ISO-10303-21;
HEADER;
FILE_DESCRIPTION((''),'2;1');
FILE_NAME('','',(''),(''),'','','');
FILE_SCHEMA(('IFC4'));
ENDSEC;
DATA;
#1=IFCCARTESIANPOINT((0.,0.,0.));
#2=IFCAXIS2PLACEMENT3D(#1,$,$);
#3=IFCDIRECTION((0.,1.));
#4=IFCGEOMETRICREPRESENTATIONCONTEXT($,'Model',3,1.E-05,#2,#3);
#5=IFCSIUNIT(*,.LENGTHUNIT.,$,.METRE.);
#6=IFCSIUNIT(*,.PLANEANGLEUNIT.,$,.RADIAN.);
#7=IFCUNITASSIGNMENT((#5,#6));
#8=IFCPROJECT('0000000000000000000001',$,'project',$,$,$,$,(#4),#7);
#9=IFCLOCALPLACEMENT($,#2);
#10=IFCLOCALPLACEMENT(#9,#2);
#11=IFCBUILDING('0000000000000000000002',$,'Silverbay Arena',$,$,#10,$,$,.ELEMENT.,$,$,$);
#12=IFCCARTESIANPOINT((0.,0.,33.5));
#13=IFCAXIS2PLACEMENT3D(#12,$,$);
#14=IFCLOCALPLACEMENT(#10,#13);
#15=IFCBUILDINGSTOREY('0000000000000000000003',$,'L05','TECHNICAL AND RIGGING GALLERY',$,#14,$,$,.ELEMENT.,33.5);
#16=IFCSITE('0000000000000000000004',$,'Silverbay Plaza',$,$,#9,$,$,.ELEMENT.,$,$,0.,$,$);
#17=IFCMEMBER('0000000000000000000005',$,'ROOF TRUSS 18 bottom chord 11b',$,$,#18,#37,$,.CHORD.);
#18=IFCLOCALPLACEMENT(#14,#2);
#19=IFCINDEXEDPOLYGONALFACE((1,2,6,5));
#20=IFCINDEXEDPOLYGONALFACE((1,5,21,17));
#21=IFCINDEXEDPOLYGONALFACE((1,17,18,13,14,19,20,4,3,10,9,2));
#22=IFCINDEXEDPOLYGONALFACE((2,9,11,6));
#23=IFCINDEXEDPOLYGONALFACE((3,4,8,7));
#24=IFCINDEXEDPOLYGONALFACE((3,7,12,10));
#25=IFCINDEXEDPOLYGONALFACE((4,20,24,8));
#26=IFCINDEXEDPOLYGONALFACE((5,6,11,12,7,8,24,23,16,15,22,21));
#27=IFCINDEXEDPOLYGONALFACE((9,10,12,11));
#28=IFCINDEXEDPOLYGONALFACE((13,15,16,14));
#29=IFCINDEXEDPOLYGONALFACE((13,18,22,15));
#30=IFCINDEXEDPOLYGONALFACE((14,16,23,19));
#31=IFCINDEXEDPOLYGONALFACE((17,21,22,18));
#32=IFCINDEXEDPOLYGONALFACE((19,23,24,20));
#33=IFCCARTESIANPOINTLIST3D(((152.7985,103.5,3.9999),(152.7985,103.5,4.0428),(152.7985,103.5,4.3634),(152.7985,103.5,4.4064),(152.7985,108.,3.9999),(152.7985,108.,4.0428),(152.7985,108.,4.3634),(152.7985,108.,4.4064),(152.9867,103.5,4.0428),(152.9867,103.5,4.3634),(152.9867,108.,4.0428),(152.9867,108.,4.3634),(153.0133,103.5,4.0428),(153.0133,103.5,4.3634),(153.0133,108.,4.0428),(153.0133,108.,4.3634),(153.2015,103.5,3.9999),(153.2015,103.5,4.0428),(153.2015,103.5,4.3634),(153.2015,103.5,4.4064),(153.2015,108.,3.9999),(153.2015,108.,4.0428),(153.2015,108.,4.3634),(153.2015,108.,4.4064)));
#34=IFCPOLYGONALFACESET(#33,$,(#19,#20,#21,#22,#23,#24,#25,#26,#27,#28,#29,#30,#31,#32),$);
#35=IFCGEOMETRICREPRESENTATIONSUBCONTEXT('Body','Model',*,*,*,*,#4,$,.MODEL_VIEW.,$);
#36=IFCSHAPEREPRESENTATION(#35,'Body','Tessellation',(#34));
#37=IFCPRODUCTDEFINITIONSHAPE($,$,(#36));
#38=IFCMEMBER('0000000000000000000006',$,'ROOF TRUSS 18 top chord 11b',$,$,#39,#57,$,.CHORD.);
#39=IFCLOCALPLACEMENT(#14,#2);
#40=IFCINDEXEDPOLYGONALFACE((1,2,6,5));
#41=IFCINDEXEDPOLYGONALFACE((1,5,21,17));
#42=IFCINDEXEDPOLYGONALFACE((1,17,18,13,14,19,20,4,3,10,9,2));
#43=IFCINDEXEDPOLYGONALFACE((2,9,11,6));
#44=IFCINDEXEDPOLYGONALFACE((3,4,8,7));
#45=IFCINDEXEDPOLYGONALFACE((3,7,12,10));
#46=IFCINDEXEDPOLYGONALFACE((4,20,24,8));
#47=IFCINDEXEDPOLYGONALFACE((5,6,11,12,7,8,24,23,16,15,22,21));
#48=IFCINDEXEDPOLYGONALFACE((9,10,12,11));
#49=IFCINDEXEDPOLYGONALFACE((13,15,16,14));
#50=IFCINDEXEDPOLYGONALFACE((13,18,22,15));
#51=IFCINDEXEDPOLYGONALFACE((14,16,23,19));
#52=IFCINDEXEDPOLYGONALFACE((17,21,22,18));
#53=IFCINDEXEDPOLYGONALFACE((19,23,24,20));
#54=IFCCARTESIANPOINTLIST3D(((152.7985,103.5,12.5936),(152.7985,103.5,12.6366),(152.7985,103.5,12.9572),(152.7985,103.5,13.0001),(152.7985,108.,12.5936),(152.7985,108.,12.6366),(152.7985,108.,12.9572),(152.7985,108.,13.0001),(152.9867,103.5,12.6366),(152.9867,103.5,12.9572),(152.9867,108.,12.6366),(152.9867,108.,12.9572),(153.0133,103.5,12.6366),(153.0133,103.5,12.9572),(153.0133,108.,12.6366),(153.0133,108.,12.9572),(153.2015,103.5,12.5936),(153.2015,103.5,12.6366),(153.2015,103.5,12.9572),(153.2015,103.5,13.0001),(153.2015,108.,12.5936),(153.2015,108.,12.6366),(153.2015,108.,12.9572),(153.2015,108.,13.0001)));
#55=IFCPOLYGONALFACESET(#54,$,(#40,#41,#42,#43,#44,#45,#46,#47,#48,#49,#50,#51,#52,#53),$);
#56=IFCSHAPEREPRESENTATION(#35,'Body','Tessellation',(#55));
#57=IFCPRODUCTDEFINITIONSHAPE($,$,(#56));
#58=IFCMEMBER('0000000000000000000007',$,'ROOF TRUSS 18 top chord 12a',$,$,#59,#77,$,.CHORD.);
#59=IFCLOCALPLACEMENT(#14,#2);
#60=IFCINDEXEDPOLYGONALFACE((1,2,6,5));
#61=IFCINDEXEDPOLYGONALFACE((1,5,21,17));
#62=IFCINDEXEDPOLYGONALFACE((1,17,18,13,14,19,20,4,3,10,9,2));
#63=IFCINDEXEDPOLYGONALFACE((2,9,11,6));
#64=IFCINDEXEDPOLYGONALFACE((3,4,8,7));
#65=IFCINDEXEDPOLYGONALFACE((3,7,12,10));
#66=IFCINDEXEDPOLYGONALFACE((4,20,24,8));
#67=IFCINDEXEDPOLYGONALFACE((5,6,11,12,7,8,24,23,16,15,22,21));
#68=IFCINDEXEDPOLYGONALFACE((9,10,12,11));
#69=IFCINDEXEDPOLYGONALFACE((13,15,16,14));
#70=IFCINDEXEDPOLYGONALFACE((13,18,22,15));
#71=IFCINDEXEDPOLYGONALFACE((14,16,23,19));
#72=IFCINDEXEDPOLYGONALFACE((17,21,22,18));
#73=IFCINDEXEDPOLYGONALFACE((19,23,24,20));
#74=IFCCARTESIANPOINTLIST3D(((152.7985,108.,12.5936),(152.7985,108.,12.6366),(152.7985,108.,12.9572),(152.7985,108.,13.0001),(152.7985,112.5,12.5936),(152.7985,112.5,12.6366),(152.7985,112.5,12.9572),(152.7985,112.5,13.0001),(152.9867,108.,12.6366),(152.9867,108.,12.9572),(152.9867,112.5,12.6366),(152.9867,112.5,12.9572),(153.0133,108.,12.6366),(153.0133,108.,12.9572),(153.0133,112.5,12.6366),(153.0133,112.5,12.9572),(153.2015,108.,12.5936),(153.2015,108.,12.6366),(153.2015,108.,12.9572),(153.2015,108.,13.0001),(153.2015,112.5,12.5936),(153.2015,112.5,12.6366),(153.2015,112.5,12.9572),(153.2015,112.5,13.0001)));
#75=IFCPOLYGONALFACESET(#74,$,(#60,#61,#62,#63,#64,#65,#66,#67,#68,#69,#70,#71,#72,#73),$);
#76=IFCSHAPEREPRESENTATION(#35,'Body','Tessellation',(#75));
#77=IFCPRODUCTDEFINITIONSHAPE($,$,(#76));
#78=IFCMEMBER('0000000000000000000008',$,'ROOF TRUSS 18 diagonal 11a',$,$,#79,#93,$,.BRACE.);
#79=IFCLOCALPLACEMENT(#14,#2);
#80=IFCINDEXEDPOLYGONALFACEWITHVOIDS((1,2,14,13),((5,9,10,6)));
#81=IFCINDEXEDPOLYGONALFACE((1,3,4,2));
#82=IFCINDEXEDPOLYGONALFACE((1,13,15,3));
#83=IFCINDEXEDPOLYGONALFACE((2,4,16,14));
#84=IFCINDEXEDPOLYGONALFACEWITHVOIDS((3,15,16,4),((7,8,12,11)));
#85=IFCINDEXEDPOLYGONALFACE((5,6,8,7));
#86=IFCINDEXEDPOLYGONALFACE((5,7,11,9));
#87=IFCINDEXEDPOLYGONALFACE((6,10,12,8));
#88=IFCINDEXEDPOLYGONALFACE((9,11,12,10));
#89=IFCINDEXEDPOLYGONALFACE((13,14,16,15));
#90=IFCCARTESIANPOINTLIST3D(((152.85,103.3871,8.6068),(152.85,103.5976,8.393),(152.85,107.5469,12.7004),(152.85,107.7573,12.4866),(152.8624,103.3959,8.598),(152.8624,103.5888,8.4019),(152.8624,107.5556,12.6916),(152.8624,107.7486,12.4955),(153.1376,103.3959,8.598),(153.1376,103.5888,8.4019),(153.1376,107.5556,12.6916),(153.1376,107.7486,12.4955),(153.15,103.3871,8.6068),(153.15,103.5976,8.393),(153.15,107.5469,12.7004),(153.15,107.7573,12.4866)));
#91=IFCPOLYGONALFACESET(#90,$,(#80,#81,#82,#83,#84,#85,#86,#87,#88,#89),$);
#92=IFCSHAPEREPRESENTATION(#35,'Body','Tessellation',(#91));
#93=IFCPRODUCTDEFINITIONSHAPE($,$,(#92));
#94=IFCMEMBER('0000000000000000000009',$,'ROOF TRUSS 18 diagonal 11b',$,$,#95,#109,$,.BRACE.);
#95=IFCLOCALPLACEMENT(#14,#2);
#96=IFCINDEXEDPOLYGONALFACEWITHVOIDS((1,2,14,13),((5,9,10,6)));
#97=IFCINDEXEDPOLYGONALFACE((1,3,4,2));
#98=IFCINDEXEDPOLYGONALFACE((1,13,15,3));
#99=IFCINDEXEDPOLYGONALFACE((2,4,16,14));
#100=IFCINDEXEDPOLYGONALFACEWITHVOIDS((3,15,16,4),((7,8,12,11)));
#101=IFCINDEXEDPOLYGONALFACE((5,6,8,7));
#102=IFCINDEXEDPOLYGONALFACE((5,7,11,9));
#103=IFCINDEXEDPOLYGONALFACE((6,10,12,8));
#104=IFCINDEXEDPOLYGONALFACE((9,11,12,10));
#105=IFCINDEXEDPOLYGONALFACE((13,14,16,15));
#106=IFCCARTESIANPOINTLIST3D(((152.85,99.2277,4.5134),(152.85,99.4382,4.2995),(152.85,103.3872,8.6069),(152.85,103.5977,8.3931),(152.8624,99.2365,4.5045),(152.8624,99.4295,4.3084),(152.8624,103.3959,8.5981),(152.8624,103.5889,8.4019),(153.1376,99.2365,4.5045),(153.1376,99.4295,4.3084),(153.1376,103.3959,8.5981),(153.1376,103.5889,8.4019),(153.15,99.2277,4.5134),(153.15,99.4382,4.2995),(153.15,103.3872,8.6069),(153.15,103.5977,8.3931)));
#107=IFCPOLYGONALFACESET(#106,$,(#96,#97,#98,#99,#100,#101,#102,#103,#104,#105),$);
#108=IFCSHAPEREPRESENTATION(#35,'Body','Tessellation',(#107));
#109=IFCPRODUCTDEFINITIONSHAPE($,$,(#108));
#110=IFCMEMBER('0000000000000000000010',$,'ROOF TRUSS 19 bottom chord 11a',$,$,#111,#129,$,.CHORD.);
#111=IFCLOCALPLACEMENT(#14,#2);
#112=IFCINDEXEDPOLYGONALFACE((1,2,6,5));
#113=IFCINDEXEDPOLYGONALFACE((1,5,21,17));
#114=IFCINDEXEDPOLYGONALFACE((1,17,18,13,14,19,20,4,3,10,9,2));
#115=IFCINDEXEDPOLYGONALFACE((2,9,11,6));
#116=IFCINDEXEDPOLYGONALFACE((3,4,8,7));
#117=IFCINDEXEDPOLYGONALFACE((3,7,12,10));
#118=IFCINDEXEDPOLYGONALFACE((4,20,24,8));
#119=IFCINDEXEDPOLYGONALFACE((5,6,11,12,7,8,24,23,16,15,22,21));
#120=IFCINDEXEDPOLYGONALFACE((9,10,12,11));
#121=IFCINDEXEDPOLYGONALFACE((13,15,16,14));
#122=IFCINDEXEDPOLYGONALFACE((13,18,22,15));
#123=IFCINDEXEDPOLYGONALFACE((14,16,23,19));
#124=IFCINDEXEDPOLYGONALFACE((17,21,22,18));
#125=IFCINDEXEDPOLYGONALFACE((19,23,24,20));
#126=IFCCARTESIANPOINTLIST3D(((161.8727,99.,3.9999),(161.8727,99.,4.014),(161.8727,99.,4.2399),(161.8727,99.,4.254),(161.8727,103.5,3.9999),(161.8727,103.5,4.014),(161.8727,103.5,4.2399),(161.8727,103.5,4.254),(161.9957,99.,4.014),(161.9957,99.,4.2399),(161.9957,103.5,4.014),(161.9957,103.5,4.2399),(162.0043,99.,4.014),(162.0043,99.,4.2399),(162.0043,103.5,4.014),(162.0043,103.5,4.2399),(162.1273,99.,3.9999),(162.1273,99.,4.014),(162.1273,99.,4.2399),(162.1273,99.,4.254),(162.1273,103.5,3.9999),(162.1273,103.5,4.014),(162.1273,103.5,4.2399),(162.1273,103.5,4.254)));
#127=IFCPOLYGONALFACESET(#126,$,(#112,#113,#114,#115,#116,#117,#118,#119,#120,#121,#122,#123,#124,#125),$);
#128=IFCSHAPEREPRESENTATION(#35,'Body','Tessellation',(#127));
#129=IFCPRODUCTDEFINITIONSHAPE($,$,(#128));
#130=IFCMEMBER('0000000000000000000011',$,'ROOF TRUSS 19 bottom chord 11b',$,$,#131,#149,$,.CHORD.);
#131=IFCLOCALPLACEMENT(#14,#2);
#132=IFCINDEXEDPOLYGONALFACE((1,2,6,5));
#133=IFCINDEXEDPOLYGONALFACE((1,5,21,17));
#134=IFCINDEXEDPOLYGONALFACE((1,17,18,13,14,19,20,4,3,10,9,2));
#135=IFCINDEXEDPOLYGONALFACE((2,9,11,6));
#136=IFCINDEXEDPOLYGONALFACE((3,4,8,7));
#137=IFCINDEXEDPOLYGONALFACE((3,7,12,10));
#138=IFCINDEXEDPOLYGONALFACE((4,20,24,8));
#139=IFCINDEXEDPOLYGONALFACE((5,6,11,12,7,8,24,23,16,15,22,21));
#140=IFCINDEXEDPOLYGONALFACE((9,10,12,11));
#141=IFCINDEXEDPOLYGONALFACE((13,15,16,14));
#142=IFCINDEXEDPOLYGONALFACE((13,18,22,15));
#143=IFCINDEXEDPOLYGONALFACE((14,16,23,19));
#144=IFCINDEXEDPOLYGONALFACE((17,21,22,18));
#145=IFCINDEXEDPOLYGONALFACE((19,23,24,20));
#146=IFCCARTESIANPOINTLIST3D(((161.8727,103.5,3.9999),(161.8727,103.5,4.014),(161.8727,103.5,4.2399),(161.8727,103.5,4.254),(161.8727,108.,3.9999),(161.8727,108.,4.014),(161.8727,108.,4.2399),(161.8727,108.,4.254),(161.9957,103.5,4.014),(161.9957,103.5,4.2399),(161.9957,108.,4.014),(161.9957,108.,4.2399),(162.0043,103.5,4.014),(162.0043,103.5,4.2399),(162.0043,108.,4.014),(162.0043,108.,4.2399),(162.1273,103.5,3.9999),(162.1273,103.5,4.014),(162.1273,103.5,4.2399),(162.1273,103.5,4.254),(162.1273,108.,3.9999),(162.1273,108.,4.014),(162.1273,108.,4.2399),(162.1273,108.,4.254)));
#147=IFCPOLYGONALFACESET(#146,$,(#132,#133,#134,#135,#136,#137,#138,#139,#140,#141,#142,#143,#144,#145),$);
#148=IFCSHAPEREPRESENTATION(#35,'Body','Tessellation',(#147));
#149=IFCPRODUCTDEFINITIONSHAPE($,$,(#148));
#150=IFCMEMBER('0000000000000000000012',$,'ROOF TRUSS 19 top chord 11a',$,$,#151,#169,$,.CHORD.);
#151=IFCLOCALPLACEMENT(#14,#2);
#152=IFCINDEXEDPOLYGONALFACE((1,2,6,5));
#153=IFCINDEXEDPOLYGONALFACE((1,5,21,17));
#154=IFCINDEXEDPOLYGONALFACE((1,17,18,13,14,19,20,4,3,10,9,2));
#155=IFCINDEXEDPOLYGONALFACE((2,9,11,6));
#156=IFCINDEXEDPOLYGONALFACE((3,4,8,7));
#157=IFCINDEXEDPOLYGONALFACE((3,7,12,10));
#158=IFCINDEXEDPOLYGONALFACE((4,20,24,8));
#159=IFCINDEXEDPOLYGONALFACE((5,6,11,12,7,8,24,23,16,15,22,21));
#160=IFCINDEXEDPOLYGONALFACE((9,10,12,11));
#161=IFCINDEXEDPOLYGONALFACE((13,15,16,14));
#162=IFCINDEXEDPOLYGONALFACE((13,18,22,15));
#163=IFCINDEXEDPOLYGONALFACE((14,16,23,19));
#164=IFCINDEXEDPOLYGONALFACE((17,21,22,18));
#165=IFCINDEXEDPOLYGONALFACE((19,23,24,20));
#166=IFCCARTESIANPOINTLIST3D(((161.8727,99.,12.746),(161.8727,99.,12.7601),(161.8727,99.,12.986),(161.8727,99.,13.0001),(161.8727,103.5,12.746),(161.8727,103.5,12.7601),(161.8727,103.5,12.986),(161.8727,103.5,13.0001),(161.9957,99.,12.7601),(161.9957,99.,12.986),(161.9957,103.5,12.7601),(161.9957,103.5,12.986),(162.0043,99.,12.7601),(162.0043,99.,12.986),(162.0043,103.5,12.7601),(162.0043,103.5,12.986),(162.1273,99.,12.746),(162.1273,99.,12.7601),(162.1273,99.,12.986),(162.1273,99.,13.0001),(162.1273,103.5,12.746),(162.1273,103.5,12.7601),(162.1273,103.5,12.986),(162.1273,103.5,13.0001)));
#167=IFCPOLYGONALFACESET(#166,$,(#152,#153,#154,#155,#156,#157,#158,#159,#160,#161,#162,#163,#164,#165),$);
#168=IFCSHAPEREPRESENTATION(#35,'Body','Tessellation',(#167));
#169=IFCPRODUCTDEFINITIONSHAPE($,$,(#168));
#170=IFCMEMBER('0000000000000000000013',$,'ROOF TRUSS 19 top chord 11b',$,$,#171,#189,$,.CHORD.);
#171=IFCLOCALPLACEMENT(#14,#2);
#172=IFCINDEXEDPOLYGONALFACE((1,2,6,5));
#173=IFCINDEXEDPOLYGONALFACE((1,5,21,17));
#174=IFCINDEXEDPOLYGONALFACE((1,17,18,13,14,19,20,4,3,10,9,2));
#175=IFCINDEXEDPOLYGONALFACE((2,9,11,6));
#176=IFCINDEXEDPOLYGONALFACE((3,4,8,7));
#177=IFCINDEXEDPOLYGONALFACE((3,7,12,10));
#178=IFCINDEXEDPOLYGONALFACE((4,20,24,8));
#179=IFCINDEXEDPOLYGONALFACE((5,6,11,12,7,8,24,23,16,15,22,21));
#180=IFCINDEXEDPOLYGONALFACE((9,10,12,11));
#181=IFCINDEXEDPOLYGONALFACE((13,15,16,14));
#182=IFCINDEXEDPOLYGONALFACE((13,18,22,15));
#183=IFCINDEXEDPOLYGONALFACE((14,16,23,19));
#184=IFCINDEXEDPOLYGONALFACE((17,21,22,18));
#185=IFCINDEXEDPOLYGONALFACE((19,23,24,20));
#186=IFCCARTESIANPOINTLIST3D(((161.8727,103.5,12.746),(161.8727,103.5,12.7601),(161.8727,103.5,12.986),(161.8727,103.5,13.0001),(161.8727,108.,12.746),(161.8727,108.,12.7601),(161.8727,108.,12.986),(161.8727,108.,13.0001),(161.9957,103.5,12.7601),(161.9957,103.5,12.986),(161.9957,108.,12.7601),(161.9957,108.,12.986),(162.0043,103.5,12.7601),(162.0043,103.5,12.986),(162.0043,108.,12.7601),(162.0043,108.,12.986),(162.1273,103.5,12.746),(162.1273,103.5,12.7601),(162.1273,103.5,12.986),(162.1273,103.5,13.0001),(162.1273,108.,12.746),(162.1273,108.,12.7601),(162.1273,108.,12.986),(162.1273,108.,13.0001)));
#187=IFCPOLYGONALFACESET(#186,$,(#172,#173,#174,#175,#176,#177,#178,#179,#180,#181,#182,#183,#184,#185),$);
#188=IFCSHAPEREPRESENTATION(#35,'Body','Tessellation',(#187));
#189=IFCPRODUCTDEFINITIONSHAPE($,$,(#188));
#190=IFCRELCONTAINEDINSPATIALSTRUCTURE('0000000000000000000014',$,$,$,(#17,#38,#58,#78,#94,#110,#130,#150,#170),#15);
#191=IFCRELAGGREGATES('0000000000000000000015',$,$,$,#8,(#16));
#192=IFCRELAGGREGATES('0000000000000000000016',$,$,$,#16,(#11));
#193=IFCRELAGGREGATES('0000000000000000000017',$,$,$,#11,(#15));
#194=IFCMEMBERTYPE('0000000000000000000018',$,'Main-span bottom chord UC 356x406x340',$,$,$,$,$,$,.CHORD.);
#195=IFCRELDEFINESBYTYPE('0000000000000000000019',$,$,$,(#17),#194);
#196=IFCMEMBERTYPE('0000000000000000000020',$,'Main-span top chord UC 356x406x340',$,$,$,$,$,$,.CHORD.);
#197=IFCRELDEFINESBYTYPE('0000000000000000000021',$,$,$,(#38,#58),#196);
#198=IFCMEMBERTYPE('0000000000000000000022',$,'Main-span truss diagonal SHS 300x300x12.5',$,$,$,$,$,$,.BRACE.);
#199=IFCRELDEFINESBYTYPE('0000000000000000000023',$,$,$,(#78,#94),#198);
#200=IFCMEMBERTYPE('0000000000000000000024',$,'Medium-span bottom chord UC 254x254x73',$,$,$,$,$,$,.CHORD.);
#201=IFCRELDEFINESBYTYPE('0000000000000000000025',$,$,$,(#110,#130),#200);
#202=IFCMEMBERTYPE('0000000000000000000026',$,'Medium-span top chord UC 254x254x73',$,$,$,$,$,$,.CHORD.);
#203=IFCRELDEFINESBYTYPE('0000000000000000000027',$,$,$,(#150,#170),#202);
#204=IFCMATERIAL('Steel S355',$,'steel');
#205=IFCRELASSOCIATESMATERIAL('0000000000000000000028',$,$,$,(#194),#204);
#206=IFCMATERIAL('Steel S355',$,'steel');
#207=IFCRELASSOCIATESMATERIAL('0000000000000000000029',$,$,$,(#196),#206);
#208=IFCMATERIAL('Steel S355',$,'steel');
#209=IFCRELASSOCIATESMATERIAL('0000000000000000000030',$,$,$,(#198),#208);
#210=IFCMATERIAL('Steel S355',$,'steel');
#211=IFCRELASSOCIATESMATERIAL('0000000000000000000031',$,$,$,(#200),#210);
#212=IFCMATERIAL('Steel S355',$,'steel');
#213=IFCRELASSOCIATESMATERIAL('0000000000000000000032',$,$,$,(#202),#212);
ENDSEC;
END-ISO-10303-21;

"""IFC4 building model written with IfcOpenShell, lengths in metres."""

from ifc_helpers import new_model, si_unit, direction, frame, origin, origin_2d, place, context, subcontext, project, spatial, hollow_rectangle, i_section, extrude, material, material_profile, profile_set, type_object, element, save


model = new_model("IFC4")

# Units and contexts
model_context = context("Model", 3, precision=1e-05, world=origin(), true_north=direction((0.0, 1.0)))
body_context = subcontext(model_context, "Body", "Model", "MODEL_VIEW")
ifc_project = project(units=[si_unit("LENGTHUNIT", "METRE"), si_unit("PLANEANGLEUNIT", "RADIAN")], contexts=[model_context])

# Site, building, storey
site_placement = place(None, origin())
site = spatial("IfcSite", under=ifc_project, at=site_placement, Name="Silverbay Plaza", CompositionType="ELEMENT", RefElevation=0.0)
building_placement = place(site_placement, origin())
building = spatial("IfcBuilding", under=site, at=building_placement, Name="Silverbay Arena", CompositionType="ELEMENT")
storey_placement = place(building_placement, frame((0.0, 0.0, 33.5)))
storey = spatial("IfcBuildingStorey", under=building, at=storey_placement, Name="L05", Description="TECHNICAL AND RIGGING GALLERY", CompositionType="ELEMENT", Elevation=33.5)

# Members
ifc_material_1 = material(Name="Steel S355", Category="steel")
ifc_material_profile_1 = material_profile(ifc_material_1, i_section(OverallWidth=0.4031, OverallDepth=0.4065, WebThickness=0.0266, FlangeThickness=0.043, at=origin_2d()), Name="UC 356x406x340")
ifc_profile_set_1 = profile_set([ifc_material_profile_1], Name="Steel S355")
member_type_1 = type_object("IfcMemberType", Name="Main-span bottom chord UC 356x406x340", PredefinedType="CHORD", material=ifc_profile_set_1)
member_1_placement = place(storey_placement, frame((153.0, 103.5, 4.2031), z_axis=(0.0, 1.0, 0.0), x_axis=(-1.0, 0.0, 0.0)))
element("IfcMember", 1, at=member_1_placement, inside=storey, type_object=member_type_1, Name="ROOF TRUSS 18 bottom chord 11b", PredefinedType="CHORD", context=body_context, shape_type="SweptSolid", body=[
    extrude(i_section(OverallWidth=0.4031, OverallDepth=0.4065, WebThickness=0.0266, FlangeThickness=0.043, at=origin_2d()), origin(), (0.0, 0.0, 1.0), 4.5),
])
ifc_material_2 = material(Name="Steel S355", Category="steel")
ifc_material_profile_2 = material_profile(ifc_material_2, i_section(OverallWidth=0.4031, OverallDepth=0.4065, WebThickness=0.0266, FlangeThickness=0.043, at=origin_2d()), Name="UC 356x406x340")
ifc_profile_set_2 = profile_set([ifc_material_profile_2], Name="Steel S355")
member_type_2 = type_object("IfcMemberType", Name="Main-span top chord UC 356x406x340", PredefinedType="CHORD", material=ifc_profile_set_2)
for number, where, z_axis, x_axis, name in (
    (2, (153.0, 103.5, 12.7969), (0.0, 1.0, 0.0), (-1.0, 0.0, 0.0), "ROOF TRUSS 18 top chord 11b"),
    (3, (153.0, 108.0, 12.7969), (0.0, 1.0, 0.0), (-1.0, 0.0, 0.0), "ROOF TRUSS 18 top chord 12a"),
):
    element("IfcMember", number, at=place(storey_placement, frame(where, z_axis=z_axis, x_axis=x_axis)), inside=storey, type_object=member_type_2, Name=name, PredefinedType="CHORD", context=body_context, shape_type="SweptSolid", body=[
        extrude(i_section(OverallWidth=0.4031, OverallDepth=0.4065, WebThickness=0.0266, FlangeThickness=0.043, at=origin_2d()), origin(), (0.0, 0.0, 1.0), 4.5),
    ])
ifc_material_3 = material(Name="Steel S355", Category="steel")
ifc_material_profile_3 = material_profile(ifc_material_3, hollow_rectangle(XDim=0.3, YDim=0.3, WallThickness=0.0125, at=origin_2d()), Name="SHS 300x300x12.5")
ifc_profile_set_3 = profile_set([ifc_material_profile_3], Name="Steel S355")
member_type_3 = type_object("IfcMemberType", Name="Main-span truss diagonal SHS 300x300x12.5", PredefinedType="BRACE", material=ifc_profile_set_3)
member_2_placement = place(storey_placement, frame((153.0, 107.6521, 12.5935), z_axis=(0.0, -0.712752, -0.701416), x_axis=(1.0, 0.0, 0.0)))
element("IfcMember", 4, at=member_2_placement, inside=storey, type_object=member_type_3, Name="ROOF TRUSS 18 diagonal 11a", PredefinedType="BRACE", context=body_context, shape_type="SweptSolid", body=[
    extrude(hollow_rectangle(XDim=0.3, YDim=0.3, WallThickness=0.0125, at=origin_2d()), origin(), (0.0, 0.0, 1.0), 5.8362),
])
member_3_placement = place(storey_placement, frame((153.0, 103.4924, 8.5), z_axis=(0.0, -0.712732, -0.701437), x_axis=(1.0, 0.0, 0.0)))
element("IfcMember", 5, at=member_3_placement, inside=storey, type_object=member_type_3, Name="ROOF TRUSS 18 diagonal 11b", PredefinedType="BRACE", context=body_context, shape_type="SweptSolid", body=[
    extrude(hollow_rectangle(XDim=0.3, YDim=0.3, WallThickness=0.0125, at=origin_2d()), origin(), (0.0, 0.0, 1.0), 5.8359),
])
ifc_material_4 = material(Name="Steel S355", Category="steel")
ifc_material_profile_4 = material_profile(ifc_material_4, i_section(OverallWidth=0.2546, OverallDepth=0.2542, WebThickness=0.0085, FlangeThickness=0.0142, at=origin_2d()), Name="UC 254x254x73")
ifc_profile_set_4 = profile_set([ifc_material_profile_4], Name="Steel S355")
member_type_4 = type_object("IfcMemberType", Name="Medium-span bottom chord UC 254x254x73", PredefinedType="CHORD", material=ifc_profile_set_4)
for number, where, z_axis, x_axis, name in (
    (6, (162.0, 99.0, 4.127), (0.0, 1.0, 0.0), (-1.0, 0.0, 0.0), "ROOF TRUSS 19 bottom chord 11a"),
    (7, (162.0, 103.5, 4.127), (0.0, 1.0, 0.0), (-1.0, 0.0, 0.0), "ROOF TRUSS 19 bottom chord 11b"),
):
    element("IfcMember", number, at=place(storey_placement, frame(where, z_axis=z_axis, x_axis=x_axis)), inside=storey, type_object=member_type_4, Name=name, PredefinedType="CHORD", context=body_context, shape_type="SweptSolid", body=[
        extrude(i_section(OverallWidth=0.2546, OverallDepth=0.2542, WebThickness=0.0085, FlangeThickness=0.0142, at=origin_2d()), origin(), (0.0, 0.0, 1.0), 4.5),
    ])
ifc_material_5 = material(Name="Steel S355", Category="steel")
ifc_material_profile_5 = material_profile(ifc_material_5, i_section(OverallWidth=0.2546, OverallDepth=0.2542, WebThickness=0.0085, FlangeThickness=0.0142, at=origin_2d()), Name="UC 254x254x73")
ifc_profile_set_5 = profile_set([ifc_material_profile_5], Name="Steel S355")
member_type_5 = type_object("IfcMemberType", Name="Medium-span top chord UC 254x254x73", PredefinedType="CHORD", material=ifc_profile_set_5)
for number, where, z_axis, x_axis, name in (
    (8, (162.0, 99.0, 12.873), (0.0, 1.0, 0.0), (-1.0, 0.0, 0.0), "ROOF TRUSS 19 top chord 11a"),
    (9, (162.0, 103.5, 12.873), (0.0, 1.0, 0.0), (-1.0, 0.0, 0.0), "ROOF TRUSS 19 top chord 11b"),
):
    element("IfcMember", number, at=place(storey_placement, frame(where, z_axis=z_axis, x_axis=x_axis)), inside=storey, type_object=member_type_5, Name=name, PredefinedType="CHORD", context=body_context, shape_type="SweptSolid", body=[
        extrude(i_section(OverallWidth=0.2546, OverallDepth=0.2542, WebThickness=0.0085, FlangeThickness=0.0142, at=origin_2d()), origin(), (0.0, 0.0, 1.0), 4.5),
    ])

save(model, "model.ifc")
